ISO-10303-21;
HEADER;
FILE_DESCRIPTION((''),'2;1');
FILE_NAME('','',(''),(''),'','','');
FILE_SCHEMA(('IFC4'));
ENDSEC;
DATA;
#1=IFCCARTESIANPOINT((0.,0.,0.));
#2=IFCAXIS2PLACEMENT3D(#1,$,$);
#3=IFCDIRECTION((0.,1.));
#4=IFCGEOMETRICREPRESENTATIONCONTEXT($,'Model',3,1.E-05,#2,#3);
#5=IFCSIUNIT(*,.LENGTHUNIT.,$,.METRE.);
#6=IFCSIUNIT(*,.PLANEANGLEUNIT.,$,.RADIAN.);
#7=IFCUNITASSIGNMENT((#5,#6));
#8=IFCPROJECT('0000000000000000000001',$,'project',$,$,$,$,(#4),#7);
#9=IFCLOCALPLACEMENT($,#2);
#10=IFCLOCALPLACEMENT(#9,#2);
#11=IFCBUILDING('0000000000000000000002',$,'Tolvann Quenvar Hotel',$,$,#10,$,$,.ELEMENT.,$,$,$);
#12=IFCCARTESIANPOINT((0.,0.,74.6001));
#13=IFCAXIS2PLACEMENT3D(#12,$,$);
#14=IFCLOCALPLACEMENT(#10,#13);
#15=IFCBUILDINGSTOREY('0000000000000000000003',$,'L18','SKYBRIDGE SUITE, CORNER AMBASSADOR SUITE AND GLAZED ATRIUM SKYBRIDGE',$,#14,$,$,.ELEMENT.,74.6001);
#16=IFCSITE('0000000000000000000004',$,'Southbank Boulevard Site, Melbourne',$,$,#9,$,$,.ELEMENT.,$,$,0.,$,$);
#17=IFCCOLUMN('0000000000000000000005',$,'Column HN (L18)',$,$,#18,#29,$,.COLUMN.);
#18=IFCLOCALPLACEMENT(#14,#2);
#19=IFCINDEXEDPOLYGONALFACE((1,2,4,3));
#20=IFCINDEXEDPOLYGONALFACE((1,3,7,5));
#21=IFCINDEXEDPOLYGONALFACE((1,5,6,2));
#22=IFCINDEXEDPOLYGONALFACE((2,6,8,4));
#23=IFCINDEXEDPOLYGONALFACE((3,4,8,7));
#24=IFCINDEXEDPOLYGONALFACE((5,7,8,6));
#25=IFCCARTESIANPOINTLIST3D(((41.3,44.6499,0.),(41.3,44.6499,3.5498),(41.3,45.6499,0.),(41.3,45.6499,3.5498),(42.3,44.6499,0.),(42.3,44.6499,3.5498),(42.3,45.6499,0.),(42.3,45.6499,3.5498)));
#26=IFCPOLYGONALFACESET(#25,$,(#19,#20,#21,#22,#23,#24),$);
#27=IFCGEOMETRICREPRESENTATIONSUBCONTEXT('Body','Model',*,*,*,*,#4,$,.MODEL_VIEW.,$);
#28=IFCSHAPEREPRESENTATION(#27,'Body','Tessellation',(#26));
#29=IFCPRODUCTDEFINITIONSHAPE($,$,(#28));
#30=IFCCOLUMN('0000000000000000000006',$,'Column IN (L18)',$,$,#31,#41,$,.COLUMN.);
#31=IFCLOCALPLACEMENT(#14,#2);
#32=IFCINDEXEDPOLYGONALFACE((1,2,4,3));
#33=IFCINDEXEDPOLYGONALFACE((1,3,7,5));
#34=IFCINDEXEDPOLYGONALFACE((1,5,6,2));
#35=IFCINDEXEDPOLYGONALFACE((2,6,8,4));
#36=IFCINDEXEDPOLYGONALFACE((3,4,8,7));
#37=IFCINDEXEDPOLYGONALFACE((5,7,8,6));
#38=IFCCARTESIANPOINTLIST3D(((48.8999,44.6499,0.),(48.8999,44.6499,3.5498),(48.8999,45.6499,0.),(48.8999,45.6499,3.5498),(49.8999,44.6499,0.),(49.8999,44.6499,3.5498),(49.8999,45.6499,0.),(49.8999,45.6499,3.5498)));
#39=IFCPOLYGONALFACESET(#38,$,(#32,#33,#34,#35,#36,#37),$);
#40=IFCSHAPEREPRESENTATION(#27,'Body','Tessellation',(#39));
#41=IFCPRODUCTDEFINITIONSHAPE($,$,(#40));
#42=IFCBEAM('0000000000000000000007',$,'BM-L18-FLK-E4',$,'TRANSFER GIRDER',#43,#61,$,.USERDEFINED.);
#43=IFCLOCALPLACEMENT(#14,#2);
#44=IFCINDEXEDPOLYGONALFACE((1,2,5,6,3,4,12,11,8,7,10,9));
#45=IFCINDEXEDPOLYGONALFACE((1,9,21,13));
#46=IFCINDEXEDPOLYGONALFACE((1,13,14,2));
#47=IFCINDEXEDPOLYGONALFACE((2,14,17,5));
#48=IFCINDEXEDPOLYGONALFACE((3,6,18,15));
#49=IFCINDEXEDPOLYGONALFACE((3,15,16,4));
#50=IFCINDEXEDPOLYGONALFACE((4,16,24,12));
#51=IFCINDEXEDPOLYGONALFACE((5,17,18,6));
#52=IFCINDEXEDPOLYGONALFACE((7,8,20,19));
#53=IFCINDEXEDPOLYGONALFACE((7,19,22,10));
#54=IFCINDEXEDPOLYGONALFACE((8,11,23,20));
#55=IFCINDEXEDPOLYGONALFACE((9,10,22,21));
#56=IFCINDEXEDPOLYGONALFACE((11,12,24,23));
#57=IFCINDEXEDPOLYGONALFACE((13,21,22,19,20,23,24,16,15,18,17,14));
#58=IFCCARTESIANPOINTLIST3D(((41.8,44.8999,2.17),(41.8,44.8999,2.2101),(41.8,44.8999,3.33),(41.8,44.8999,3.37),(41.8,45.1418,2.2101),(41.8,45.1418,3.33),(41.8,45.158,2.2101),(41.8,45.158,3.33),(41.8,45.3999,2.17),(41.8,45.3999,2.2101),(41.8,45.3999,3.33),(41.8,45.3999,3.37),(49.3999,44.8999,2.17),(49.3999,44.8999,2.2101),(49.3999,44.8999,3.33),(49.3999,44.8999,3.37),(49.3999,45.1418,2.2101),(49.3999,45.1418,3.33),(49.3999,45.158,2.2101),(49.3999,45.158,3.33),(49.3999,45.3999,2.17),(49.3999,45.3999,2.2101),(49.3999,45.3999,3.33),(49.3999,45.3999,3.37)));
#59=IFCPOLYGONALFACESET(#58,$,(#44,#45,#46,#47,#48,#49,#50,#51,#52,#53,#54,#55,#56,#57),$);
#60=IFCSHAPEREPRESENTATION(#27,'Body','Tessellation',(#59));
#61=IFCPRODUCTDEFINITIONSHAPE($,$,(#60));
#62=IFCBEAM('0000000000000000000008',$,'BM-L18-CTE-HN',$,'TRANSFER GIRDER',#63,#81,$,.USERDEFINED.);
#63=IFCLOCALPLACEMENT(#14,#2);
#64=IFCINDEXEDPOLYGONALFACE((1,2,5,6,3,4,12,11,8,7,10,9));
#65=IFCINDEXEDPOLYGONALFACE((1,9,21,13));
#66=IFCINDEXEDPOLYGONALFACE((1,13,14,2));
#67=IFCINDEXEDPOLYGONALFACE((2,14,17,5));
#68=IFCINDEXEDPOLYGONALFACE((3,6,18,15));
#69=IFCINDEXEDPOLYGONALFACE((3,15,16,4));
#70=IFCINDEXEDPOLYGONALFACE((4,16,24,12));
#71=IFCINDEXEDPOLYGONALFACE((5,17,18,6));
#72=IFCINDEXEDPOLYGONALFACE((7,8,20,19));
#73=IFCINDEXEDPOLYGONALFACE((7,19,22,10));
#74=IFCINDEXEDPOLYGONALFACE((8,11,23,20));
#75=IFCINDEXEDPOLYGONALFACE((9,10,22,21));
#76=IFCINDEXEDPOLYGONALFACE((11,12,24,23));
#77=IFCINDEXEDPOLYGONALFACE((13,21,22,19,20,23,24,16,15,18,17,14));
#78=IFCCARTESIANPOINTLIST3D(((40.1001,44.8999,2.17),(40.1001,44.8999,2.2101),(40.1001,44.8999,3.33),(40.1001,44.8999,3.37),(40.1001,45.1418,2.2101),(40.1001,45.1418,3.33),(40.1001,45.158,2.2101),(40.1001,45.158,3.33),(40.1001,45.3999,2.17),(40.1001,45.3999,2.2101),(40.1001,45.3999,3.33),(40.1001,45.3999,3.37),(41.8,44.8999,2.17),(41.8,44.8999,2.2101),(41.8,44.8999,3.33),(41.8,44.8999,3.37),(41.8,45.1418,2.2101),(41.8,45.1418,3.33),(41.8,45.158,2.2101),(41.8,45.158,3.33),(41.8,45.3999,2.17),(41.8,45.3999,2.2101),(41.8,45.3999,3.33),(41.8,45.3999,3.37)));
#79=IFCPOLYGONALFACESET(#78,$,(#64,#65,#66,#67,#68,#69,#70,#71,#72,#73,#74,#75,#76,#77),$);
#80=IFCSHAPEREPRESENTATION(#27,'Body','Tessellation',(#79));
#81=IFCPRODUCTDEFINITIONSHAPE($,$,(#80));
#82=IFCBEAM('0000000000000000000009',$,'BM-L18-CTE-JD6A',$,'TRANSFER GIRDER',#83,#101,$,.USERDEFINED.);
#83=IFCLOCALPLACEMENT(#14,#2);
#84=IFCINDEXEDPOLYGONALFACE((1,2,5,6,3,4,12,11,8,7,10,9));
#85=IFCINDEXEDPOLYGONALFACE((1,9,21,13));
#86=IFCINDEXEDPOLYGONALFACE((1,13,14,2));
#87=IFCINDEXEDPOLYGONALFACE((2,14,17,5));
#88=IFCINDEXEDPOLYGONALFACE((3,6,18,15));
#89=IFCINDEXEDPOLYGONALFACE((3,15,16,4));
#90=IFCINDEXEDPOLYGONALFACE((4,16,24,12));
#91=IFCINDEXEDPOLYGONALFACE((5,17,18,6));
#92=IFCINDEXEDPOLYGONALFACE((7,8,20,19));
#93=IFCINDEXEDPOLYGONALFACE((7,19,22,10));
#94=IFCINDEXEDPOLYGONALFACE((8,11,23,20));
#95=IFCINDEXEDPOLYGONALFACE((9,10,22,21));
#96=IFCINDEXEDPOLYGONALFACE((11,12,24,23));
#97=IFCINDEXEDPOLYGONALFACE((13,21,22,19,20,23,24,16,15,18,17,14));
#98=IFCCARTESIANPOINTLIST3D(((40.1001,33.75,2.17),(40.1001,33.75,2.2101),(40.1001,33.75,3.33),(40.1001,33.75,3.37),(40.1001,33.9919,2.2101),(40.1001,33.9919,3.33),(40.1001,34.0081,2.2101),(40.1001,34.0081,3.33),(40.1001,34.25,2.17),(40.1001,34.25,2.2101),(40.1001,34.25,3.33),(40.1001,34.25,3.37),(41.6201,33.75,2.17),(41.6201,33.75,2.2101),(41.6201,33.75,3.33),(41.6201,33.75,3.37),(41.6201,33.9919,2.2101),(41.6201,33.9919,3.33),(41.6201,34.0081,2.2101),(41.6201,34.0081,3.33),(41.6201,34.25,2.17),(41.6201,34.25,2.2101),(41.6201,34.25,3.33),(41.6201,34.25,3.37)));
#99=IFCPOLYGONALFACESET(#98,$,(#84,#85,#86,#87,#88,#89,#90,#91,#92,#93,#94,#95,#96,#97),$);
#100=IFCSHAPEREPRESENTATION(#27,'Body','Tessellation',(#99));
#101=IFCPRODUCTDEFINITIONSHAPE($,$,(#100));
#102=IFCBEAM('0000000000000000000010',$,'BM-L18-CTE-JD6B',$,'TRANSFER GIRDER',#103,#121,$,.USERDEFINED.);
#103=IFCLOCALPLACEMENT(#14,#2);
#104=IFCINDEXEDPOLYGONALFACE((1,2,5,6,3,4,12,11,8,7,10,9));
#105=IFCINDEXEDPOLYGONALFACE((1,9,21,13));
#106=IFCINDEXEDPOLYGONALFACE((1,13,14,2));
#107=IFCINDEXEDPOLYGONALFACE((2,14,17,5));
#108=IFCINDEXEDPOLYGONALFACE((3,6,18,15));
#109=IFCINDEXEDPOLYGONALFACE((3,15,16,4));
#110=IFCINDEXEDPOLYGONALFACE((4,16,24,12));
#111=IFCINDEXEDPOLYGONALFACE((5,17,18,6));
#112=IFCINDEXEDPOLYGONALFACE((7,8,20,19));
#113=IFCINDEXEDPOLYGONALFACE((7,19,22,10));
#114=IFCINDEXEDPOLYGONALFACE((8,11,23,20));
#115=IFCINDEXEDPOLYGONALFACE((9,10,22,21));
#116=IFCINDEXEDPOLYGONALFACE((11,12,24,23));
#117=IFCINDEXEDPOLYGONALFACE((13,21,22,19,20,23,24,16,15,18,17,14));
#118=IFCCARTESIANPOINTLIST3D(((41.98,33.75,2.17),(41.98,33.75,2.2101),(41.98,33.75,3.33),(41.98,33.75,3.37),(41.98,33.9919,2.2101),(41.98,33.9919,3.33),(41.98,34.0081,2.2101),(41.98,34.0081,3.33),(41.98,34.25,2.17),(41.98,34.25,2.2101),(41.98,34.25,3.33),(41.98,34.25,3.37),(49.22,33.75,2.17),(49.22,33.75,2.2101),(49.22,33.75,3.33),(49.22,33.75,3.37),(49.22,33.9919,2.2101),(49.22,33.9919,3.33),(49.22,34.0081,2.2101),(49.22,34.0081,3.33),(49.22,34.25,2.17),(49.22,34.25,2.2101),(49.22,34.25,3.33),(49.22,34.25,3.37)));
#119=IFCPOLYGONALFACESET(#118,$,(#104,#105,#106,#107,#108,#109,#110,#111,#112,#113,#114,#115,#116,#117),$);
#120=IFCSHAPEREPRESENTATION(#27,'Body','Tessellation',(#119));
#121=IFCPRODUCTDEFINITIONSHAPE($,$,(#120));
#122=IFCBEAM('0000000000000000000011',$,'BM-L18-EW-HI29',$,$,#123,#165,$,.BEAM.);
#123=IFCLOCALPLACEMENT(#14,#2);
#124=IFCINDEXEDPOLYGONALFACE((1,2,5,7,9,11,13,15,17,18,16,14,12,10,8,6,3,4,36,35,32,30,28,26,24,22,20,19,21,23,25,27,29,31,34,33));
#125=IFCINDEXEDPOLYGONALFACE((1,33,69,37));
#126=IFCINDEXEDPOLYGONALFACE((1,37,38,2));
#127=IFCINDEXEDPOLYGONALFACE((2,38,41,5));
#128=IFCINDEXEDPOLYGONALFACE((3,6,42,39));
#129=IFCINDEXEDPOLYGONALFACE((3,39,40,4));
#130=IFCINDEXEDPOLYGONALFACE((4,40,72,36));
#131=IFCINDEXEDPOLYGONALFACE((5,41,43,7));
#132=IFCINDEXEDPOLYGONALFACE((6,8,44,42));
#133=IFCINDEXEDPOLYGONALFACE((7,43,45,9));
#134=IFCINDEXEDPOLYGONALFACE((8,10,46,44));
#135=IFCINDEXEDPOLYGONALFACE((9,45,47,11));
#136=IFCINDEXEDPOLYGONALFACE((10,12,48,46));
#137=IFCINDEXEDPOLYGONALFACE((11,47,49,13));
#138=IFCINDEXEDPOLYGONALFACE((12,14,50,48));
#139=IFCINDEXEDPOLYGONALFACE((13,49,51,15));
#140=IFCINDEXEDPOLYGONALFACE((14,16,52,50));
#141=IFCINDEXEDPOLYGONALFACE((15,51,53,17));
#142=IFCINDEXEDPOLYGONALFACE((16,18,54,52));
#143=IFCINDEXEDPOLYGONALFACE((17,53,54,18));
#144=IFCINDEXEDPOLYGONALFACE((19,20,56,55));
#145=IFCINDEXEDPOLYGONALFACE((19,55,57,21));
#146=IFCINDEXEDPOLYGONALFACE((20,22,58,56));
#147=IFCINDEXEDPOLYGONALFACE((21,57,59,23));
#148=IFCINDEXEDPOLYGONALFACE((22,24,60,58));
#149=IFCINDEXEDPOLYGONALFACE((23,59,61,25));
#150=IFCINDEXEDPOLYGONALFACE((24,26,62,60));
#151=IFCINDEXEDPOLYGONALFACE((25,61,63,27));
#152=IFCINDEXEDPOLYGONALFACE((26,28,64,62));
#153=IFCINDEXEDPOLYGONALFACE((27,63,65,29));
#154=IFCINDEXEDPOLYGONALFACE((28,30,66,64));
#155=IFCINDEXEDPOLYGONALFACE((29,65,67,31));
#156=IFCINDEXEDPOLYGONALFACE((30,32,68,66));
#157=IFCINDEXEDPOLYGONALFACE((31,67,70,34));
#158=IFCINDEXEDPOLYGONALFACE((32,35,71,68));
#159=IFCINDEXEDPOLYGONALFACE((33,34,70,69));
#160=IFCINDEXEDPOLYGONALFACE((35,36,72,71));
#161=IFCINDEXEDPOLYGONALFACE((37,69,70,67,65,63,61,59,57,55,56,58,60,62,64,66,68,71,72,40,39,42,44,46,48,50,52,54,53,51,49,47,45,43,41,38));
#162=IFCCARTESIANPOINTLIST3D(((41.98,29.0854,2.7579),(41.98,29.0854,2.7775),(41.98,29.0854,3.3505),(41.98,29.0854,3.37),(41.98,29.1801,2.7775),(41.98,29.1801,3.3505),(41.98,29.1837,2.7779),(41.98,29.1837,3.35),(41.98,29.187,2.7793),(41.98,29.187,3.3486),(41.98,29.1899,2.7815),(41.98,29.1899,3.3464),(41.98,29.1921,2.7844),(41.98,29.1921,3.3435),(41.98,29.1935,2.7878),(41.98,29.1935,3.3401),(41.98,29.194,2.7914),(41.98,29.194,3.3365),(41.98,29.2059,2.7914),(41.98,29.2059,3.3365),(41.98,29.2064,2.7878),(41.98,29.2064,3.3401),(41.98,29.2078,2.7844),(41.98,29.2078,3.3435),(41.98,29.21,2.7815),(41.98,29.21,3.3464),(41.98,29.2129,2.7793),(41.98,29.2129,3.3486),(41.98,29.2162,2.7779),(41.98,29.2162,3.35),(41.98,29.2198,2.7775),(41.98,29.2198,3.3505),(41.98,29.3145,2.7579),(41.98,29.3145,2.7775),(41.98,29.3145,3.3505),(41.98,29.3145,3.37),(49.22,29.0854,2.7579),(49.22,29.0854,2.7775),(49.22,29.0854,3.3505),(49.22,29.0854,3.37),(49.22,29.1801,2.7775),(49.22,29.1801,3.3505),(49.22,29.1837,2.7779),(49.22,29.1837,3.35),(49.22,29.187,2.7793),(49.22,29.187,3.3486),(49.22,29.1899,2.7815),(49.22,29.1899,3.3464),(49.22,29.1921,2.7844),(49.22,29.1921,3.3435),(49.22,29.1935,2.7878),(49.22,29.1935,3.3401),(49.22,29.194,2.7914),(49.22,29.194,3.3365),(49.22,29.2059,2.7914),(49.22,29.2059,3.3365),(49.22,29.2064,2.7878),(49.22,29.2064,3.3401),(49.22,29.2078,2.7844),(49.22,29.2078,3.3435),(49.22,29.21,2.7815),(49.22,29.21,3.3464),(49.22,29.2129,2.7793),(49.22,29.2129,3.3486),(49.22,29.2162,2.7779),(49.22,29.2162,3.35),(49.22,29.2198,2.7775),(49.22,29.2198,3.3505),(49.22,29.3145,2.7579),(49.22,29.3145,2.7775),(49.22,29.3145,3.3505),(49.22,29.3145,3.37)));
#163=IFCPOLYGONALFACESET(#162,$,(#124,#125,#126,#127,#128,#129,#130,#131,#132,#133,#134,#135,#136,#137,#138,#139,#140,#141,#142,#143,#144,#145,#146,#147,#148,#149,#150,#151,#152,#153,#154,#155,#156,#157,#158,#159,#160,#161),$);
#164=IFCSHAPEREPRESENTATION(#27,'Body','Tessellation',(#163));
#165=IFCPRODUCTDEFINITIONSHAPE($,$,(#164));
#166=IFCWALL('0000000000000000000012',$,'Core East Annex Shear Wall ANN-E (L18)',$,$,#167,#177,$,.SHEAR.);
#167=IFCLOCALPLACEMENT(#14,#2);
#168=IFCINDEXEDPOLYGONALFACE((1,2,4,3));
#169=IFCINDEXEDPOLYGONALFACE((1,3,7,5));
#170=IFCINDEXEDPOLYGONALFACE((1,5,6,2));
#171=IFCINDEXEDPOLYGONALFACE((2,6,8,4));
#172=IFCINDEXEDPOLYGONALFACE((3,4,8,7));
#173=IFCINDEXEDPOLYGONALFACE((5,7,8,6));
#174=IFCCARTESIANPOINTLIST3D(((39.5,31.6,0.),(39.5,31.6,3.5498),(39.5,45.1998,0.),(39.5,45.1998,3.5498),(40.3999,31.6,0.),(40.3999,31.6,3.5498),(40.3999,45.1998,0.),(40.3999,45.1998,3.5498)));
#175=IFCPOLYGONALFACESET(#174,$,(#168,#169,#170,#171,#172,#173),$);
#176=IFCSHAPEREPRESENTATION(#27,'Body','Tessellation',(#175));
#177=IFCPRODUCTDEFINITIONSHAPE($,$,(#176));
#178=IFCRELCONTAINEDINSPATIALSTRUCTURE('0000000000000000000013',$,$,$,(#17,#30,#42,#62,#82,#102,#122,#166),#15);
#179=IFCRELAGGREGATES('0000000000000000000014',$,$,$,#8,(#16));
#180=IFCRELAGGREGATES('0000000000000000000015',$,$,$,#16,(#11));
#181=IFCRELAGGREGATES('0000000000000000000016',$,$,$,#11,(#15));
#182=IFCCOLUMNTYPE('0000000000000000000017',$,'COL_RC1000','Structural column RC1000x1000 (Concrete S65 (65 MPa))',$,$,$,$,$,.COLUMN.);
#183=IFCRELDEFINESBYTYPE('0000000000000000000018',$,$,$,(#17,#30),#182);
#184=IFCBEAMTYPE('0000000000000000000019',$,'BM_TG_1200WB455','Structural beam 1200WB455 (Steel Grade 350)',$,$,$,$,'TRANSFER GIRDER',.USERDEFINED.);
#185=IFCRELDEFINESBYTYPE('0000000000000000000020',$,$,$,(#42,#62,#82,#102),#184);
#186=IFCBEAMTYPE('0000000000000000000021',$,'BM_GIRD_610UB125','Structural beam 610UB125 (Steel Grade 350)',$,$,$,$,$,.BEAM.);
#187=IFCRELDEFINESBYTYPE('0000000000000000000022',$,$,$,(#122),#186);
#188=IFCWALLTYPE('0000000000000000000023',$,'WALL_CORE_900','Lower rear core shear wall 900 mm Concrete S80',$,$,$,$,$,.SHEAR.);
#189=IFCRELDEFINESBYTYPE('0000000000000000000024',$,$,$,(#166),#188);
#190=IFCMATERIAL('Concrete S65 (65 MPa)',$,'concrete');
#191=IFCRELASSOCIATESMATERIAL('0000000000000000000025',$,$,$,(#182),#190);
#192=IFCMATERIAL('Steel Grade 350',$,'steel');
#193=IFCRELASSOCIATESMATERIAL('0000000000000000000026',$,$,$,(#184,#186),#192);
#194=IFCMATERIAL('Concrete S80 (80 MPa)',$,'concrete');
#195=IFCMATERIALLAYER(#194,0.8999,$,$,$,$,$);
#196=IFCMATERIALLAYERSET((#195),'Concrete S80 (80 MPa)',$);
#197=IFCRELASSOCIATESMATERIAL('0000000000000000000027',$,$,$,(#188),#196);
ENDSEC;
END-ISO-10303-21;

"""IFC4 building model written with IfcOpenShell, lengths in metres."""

from ifc_helpers import new_model, si_unit, direction, frame, frame_2d, origin, origin_2d, place, context, subcontext, project, spatial, rectangle, i_section, extrude, source, transform, mapped, material, layer, layer_set, material_profile, profile_set, type_object, type_shapes, element, save


model = new_model("IFC4")

# Units and contexts
model_context = context("Model", 3, precision=1e-05, world=origin(), true_north=direction((0.0, 1.0)))
body_context = subcontext(model_context, "Body", "Model", "MODEL_VIEW")
ifc_project = project(units=[si_unit("LENGTHUNIT", "METRE"), si_unit("PLANEANGLEUNIT", "RADIAN")], contexts=[model_context])

# Site, building, storey
site_placement = place(None, origin())
site = spatial("IfcSite", under=ifc_project, at=site_placement, Name="Southbank Boulevard Site, Melbourne", CompositionType="ELEMENT", RefElevation=0.0)
building_placement = place(site_placement, origin())
building = spatial("IfcBuilding", under=site, at=building_placement, Name="Tolvann Quenvar Hotel", CompositionType="ELEMENT")
storey_placement = place(building_placement, frame((0.0, 0.0, 74.6001)))
storey = spatial("IfcBuildingStorey", under=building, at=storey_placement, Name="L18", Description="SKYBRIDGE SUITE, CORNER AMBASSADOR SUITE AND GLAZED ATRIUM SKYBRIDGE", CompositionType="ELEMENT", Elevation=74.6001)

# Columns
ifc_material_1 = material(Name="Concrete S65 (65 MPa)", Category="concrete")
ifc_material_profile_1 = material_profile(ifc_material_1, rectangle(XDim=1.0, YDim=1.0, at=origin_2d()), Name="RC1000x1000")
ifc_profile_set_1 = profile_set([ifc_material_profile_1], Name="Concrete S65 (65 MPa)")
column_type = type_object("IfcColumnType", Name="COL_RC1000", Description="Structural column RC1000x1000 (Concrete S65 (65 MPa))", PredefinedType="COLUMN", material=ifc_profile_set_1)
shared_shape_1 = source(origin(), body_context, "Body", "SweptSolid", [
    extrude(rectangle(XDim=1.0, YDim=1.0, at=origin_2d()), origin(), (0.0, 0.0, 1.0), 3.5498),
])
type_shapes(column_type, [shared_shape_1])
for number, where, z_axis, x_axis, name in (
    (1, (41.8, 45.1499, 0.0), (0.0, 0.0, 1.0), (1.0, 0.0, 0.0), "Column HN (L18)"),
    (2, (49.3999, 45.1499, 0.0), (0.0, 0.0, 1.0), (1.0, 0.0, 0.0), "Column IN (L18)"),
):
    element("IfcColumn", number, at=place(storey_placement, frame(where, z_axis=z_axis, x_axis=x_axis)), inside=storey, type_object=column_type, Name=name, PredefinedType="COLUMN", context=body_context, shape_type="MappedRepresentation", body=[
        mapped(shared_shape_1, transform((0.0, 0.0, 0.0), x_axis=(1.0, 0.0, 0.0), y_axis=(0.0, 1.0, 0.0), z_axis=(0.0, 0.0, 1.0), scale=1.0)),
    ])

# Beams
ifc_material_2 = material(Name="Steel Grade 350", Category="steel")
ifc_material_profile_2 = material_profile(ifc_material_2, i_section(OverallWidth=0.5, OverallDepth=1.2, WebThickness=0.0161, FlangeThickness=0.04, at=origin_2d()), Name="1200WB455")
ifc_profile_set_2 = profile_set([ifc_material_profile_2], Name="Steel Grade 350")
beam_type_1 = type_object("IfcBeamType", Name="BM_TG_1200WB455", Description="Structural beam 1200WB455 (Steel Grade 350)", ElementType="TRANSFER GIRDER", PredefinedType="USERDEFINED", material=ifc_profile_set_2)
shared_shape_2 = source(origin(), body_context, "Body", "SweptSolid", [
    extrude(i_section(OverallWidth=0.5, OverallDepth=1.2, WebThickness=0.0161, FlangeThickness=0.04, at=origin_2d()), origin(), (0.0, 0.0, 1.0), 7.5999),
])
beam_1_placement = place(storey_placement, frame((49.3999, 45.1499, 2.77), z_axis=(-1.0, 0.0, 0.0), x_axis=(0.0, -1.0, 0.0)))
element("IfcBeam", 3, at=beam_1_placement, inside=storey, type_object=beam_type_1, Name="BM-L18-FLK-E4", ObjectType="TRANSFER GIRDER", PredefinedType="USERDEFINED", context=body_context, shape_type="MappedRepresentation", body=[
    mapped(shared_shape_2, transform((0.0, 0.0, 0.0), x_axis=(1.0, 0.0, 0.0), y_axis=(0.0, 1.0, 0.0), z_axis=(0.0, 0.0, 1.0), scale=1.0)),
])
shared_shape_3 = source(origin(), body_context, "Body", "SweptSolid", [
    extrude(i_section(OverallWidth=0.5, OverallDepth=1.2, WebThickness=0.0161, FlangeThickness=0.04, at=origin_2d()), origin(), (0.0, 0.0, 1.0), 1.7),
])
beam_2_placement = place(storey_placement, frame((40.1001, 45.1499, 2.77), z_axis=(1.0, 0.0, 0.0), x_axis=(0.0, 1.0, 0.0)))
element("IfcBeam", 4, at=beam_2_placement, inside=storey, type_object=beam_type_1, Name="BM-L18-CTE-HN", ObjectType="TRANSFER GIRDER", PredefinedType="USERDEFINED", context=body_context, shape_type="MappedRepresentation", body=[
    mapped(shared_shape_3, transform((0.0, 0.0, 0.0), x_axis=(1.0, 0.0, 0.0), y_axis=(0.0, 1.0, 0.0), z_axis=(0.0, 0.0, 1.0), scale=1.0)),
])
shared_shape_4 = source(origin(), body_context, "Body", "SweptSolid", [
    extrude(i_section(OverallWidth=0.5, OverallDepth=1.2, WebThickness=0.0161, FlangeThickness=0.04, at=origin_2d()), origin(), (0.0, 0.0, 1.0), 1.52),
])
beam_3_placement = place(storey_placement, frame((40.1001, 34.0, 2.77), z_axis=(1.0, 0.0, 0.0), x_axis=(0.0, 1.0, 0.0)))
element("IfcBeam", 5, at=beam_3_placement, inside=storey, type_object=beam_type_1, Name="BM-L18-CTE-JD6A", ObjectType="TRANSFER GIRDER", PredefinedType="USERDEFINED", context=body_context, shape_type="MappedRepresentation", body=[
    mapped(shared_shape_4, transform((0.0, 0.0, 0.0), x_axis=(1.0, 0.0, 0.0), y_axis=(0.0, 1.0, 0.0), z_axis=(0.0, 0.0, 1.0), scale=1.0)),
])
shared_shape_5 = source(origin(), body_context, "Body", "SweptSolid", [
    extrude(i_section(OverallWidth=0.5, OverallDepth=1.2, WebThickness=0.0161, FlangeThickness=0.04, at=origin_2d()), origin(), (0.0, 0.0, 1.0), 7.24),
])
type_shapes(beam_type_1, [shared_shape_2, shared_shape_3, shared_shape_4, shared_shape_5])
beam_4_placement = place(storey_placement, frame((41.98, 34.0, 2.77), z_axis=(1.0, 0.0, 0.0), x_axis=(0.0, 1.0, 0.0)))
element("IfcBeam", 6, at=beam_4_placement, inside=storey, type_object=beam_type_1, Name="BM-L18-CTE-JD6B", ObjectType="TRANSFER GIRDER", PredefinedType="USERDEFINED", context=body_context, shape_type="MappedRepresentation", body=[
    mapped(shared_shape_5, transform((0.0, 0.0, 0.0), x_axis=(1.0, 0.0, 0.0), y_axis=(0.0, 1.0, 0.0), z_axis=(0.0, 0.0, 1.0), scale=1.0)),
])
ifc_material_profile_3 = material_profile(ifc_material_2, i_section(OverallWidth=0.229, OverallDepth=0.6121, WebThickness=0.012, FlangeThickness=0.0195, FilletRadius=0.0139, at=origin_2d()), Name="610UB125")
ifc_profile_set_3 = profile_set([ifc_material_profile_3], Name="Steel Grade 350")
beam_type_2 = type_object("IfcBeamType", Name="BM_GIRD_610UB125", Description="Structural beam 610UB125 (Steel Grade 350)", PredefinedType="BEAM", material=ifc_profile_set_3)
shared_shape_6 = source(origin(), body_context, "Body", "SweptSolid", [
    extrude(i_section(OverallWidth=0.229, OverallDepth=0.6121, WebThickness=0.012, FlangeThickness=0.0195, FilletRadius=0.0139, at=origin_2d()), origin(), (0.0, 0.0, 1.0), 7.24),
])
type_shapes(beam_type_2, [shared_shape_6])
beam_5_placement = place(storey_placement, frame((41.98, 29.2, 3.064), z_axis=(1.0, 0.0, 0.0), x_axis=(0.0, 1.0, 0.0)))
element("IfcBeam", 7, at=beam_5_placement, inside=storey, type_object=beam_type_2, Name="BM-L18-EW-HI29", PredefinedType="BEAM", context=body_context, shape_type="MappedRepresentation", body=[
    mapped(shared_shape_6, transform((0.0, 0.0, 0.0), x_axis=(1.0, 0.0, 0.0), y_axis=(0.0, 1.0, 0.0), z_axis=(0.0, 0.0, 1.0), scale=1.0)),
])

# Wall
ifc_material_3 = material(Name="Concrete S80 (80 MPa)", Category="concrete")
ifc_layer_1 = layer(ifc_material_3, 0.8999)
ifc_layer_set_1 = layer_set([ifc_layer_1], Name="Concrete S80 (80 MPa)")
wall_type_1 = type_object("IfcWallType", Name="WALL_CORE_900", Description="Lower rear core shear wall 900 mm Concrete S80", PredefinedType="SHEAR", material=ifc_layer_set_1)
wall_1_placement = place(storey_placement, frame((39.95, 31.6001, 0.0), z_axis=(0.0, 0.0, 1.0), x_axis=(0.0, 1.0, 0.0)))
element("IfcWall", 8, at=wall_1_placement, inside=storey, type_object=wall_type_1, Name="Core East Annex Shear Wall ANN-E (L18)", PredefinedType="SHEAR", context=body_context, shape_type="SweptSolid", body=[
    extrude(rectangle(XDim=13.5999, YDim=0.8999, at=frame_2d((6.7998, 0.0))), origin(), (0.0, 0.0, 1.0), 3.5498),
])

save(model, "model.ifc")
